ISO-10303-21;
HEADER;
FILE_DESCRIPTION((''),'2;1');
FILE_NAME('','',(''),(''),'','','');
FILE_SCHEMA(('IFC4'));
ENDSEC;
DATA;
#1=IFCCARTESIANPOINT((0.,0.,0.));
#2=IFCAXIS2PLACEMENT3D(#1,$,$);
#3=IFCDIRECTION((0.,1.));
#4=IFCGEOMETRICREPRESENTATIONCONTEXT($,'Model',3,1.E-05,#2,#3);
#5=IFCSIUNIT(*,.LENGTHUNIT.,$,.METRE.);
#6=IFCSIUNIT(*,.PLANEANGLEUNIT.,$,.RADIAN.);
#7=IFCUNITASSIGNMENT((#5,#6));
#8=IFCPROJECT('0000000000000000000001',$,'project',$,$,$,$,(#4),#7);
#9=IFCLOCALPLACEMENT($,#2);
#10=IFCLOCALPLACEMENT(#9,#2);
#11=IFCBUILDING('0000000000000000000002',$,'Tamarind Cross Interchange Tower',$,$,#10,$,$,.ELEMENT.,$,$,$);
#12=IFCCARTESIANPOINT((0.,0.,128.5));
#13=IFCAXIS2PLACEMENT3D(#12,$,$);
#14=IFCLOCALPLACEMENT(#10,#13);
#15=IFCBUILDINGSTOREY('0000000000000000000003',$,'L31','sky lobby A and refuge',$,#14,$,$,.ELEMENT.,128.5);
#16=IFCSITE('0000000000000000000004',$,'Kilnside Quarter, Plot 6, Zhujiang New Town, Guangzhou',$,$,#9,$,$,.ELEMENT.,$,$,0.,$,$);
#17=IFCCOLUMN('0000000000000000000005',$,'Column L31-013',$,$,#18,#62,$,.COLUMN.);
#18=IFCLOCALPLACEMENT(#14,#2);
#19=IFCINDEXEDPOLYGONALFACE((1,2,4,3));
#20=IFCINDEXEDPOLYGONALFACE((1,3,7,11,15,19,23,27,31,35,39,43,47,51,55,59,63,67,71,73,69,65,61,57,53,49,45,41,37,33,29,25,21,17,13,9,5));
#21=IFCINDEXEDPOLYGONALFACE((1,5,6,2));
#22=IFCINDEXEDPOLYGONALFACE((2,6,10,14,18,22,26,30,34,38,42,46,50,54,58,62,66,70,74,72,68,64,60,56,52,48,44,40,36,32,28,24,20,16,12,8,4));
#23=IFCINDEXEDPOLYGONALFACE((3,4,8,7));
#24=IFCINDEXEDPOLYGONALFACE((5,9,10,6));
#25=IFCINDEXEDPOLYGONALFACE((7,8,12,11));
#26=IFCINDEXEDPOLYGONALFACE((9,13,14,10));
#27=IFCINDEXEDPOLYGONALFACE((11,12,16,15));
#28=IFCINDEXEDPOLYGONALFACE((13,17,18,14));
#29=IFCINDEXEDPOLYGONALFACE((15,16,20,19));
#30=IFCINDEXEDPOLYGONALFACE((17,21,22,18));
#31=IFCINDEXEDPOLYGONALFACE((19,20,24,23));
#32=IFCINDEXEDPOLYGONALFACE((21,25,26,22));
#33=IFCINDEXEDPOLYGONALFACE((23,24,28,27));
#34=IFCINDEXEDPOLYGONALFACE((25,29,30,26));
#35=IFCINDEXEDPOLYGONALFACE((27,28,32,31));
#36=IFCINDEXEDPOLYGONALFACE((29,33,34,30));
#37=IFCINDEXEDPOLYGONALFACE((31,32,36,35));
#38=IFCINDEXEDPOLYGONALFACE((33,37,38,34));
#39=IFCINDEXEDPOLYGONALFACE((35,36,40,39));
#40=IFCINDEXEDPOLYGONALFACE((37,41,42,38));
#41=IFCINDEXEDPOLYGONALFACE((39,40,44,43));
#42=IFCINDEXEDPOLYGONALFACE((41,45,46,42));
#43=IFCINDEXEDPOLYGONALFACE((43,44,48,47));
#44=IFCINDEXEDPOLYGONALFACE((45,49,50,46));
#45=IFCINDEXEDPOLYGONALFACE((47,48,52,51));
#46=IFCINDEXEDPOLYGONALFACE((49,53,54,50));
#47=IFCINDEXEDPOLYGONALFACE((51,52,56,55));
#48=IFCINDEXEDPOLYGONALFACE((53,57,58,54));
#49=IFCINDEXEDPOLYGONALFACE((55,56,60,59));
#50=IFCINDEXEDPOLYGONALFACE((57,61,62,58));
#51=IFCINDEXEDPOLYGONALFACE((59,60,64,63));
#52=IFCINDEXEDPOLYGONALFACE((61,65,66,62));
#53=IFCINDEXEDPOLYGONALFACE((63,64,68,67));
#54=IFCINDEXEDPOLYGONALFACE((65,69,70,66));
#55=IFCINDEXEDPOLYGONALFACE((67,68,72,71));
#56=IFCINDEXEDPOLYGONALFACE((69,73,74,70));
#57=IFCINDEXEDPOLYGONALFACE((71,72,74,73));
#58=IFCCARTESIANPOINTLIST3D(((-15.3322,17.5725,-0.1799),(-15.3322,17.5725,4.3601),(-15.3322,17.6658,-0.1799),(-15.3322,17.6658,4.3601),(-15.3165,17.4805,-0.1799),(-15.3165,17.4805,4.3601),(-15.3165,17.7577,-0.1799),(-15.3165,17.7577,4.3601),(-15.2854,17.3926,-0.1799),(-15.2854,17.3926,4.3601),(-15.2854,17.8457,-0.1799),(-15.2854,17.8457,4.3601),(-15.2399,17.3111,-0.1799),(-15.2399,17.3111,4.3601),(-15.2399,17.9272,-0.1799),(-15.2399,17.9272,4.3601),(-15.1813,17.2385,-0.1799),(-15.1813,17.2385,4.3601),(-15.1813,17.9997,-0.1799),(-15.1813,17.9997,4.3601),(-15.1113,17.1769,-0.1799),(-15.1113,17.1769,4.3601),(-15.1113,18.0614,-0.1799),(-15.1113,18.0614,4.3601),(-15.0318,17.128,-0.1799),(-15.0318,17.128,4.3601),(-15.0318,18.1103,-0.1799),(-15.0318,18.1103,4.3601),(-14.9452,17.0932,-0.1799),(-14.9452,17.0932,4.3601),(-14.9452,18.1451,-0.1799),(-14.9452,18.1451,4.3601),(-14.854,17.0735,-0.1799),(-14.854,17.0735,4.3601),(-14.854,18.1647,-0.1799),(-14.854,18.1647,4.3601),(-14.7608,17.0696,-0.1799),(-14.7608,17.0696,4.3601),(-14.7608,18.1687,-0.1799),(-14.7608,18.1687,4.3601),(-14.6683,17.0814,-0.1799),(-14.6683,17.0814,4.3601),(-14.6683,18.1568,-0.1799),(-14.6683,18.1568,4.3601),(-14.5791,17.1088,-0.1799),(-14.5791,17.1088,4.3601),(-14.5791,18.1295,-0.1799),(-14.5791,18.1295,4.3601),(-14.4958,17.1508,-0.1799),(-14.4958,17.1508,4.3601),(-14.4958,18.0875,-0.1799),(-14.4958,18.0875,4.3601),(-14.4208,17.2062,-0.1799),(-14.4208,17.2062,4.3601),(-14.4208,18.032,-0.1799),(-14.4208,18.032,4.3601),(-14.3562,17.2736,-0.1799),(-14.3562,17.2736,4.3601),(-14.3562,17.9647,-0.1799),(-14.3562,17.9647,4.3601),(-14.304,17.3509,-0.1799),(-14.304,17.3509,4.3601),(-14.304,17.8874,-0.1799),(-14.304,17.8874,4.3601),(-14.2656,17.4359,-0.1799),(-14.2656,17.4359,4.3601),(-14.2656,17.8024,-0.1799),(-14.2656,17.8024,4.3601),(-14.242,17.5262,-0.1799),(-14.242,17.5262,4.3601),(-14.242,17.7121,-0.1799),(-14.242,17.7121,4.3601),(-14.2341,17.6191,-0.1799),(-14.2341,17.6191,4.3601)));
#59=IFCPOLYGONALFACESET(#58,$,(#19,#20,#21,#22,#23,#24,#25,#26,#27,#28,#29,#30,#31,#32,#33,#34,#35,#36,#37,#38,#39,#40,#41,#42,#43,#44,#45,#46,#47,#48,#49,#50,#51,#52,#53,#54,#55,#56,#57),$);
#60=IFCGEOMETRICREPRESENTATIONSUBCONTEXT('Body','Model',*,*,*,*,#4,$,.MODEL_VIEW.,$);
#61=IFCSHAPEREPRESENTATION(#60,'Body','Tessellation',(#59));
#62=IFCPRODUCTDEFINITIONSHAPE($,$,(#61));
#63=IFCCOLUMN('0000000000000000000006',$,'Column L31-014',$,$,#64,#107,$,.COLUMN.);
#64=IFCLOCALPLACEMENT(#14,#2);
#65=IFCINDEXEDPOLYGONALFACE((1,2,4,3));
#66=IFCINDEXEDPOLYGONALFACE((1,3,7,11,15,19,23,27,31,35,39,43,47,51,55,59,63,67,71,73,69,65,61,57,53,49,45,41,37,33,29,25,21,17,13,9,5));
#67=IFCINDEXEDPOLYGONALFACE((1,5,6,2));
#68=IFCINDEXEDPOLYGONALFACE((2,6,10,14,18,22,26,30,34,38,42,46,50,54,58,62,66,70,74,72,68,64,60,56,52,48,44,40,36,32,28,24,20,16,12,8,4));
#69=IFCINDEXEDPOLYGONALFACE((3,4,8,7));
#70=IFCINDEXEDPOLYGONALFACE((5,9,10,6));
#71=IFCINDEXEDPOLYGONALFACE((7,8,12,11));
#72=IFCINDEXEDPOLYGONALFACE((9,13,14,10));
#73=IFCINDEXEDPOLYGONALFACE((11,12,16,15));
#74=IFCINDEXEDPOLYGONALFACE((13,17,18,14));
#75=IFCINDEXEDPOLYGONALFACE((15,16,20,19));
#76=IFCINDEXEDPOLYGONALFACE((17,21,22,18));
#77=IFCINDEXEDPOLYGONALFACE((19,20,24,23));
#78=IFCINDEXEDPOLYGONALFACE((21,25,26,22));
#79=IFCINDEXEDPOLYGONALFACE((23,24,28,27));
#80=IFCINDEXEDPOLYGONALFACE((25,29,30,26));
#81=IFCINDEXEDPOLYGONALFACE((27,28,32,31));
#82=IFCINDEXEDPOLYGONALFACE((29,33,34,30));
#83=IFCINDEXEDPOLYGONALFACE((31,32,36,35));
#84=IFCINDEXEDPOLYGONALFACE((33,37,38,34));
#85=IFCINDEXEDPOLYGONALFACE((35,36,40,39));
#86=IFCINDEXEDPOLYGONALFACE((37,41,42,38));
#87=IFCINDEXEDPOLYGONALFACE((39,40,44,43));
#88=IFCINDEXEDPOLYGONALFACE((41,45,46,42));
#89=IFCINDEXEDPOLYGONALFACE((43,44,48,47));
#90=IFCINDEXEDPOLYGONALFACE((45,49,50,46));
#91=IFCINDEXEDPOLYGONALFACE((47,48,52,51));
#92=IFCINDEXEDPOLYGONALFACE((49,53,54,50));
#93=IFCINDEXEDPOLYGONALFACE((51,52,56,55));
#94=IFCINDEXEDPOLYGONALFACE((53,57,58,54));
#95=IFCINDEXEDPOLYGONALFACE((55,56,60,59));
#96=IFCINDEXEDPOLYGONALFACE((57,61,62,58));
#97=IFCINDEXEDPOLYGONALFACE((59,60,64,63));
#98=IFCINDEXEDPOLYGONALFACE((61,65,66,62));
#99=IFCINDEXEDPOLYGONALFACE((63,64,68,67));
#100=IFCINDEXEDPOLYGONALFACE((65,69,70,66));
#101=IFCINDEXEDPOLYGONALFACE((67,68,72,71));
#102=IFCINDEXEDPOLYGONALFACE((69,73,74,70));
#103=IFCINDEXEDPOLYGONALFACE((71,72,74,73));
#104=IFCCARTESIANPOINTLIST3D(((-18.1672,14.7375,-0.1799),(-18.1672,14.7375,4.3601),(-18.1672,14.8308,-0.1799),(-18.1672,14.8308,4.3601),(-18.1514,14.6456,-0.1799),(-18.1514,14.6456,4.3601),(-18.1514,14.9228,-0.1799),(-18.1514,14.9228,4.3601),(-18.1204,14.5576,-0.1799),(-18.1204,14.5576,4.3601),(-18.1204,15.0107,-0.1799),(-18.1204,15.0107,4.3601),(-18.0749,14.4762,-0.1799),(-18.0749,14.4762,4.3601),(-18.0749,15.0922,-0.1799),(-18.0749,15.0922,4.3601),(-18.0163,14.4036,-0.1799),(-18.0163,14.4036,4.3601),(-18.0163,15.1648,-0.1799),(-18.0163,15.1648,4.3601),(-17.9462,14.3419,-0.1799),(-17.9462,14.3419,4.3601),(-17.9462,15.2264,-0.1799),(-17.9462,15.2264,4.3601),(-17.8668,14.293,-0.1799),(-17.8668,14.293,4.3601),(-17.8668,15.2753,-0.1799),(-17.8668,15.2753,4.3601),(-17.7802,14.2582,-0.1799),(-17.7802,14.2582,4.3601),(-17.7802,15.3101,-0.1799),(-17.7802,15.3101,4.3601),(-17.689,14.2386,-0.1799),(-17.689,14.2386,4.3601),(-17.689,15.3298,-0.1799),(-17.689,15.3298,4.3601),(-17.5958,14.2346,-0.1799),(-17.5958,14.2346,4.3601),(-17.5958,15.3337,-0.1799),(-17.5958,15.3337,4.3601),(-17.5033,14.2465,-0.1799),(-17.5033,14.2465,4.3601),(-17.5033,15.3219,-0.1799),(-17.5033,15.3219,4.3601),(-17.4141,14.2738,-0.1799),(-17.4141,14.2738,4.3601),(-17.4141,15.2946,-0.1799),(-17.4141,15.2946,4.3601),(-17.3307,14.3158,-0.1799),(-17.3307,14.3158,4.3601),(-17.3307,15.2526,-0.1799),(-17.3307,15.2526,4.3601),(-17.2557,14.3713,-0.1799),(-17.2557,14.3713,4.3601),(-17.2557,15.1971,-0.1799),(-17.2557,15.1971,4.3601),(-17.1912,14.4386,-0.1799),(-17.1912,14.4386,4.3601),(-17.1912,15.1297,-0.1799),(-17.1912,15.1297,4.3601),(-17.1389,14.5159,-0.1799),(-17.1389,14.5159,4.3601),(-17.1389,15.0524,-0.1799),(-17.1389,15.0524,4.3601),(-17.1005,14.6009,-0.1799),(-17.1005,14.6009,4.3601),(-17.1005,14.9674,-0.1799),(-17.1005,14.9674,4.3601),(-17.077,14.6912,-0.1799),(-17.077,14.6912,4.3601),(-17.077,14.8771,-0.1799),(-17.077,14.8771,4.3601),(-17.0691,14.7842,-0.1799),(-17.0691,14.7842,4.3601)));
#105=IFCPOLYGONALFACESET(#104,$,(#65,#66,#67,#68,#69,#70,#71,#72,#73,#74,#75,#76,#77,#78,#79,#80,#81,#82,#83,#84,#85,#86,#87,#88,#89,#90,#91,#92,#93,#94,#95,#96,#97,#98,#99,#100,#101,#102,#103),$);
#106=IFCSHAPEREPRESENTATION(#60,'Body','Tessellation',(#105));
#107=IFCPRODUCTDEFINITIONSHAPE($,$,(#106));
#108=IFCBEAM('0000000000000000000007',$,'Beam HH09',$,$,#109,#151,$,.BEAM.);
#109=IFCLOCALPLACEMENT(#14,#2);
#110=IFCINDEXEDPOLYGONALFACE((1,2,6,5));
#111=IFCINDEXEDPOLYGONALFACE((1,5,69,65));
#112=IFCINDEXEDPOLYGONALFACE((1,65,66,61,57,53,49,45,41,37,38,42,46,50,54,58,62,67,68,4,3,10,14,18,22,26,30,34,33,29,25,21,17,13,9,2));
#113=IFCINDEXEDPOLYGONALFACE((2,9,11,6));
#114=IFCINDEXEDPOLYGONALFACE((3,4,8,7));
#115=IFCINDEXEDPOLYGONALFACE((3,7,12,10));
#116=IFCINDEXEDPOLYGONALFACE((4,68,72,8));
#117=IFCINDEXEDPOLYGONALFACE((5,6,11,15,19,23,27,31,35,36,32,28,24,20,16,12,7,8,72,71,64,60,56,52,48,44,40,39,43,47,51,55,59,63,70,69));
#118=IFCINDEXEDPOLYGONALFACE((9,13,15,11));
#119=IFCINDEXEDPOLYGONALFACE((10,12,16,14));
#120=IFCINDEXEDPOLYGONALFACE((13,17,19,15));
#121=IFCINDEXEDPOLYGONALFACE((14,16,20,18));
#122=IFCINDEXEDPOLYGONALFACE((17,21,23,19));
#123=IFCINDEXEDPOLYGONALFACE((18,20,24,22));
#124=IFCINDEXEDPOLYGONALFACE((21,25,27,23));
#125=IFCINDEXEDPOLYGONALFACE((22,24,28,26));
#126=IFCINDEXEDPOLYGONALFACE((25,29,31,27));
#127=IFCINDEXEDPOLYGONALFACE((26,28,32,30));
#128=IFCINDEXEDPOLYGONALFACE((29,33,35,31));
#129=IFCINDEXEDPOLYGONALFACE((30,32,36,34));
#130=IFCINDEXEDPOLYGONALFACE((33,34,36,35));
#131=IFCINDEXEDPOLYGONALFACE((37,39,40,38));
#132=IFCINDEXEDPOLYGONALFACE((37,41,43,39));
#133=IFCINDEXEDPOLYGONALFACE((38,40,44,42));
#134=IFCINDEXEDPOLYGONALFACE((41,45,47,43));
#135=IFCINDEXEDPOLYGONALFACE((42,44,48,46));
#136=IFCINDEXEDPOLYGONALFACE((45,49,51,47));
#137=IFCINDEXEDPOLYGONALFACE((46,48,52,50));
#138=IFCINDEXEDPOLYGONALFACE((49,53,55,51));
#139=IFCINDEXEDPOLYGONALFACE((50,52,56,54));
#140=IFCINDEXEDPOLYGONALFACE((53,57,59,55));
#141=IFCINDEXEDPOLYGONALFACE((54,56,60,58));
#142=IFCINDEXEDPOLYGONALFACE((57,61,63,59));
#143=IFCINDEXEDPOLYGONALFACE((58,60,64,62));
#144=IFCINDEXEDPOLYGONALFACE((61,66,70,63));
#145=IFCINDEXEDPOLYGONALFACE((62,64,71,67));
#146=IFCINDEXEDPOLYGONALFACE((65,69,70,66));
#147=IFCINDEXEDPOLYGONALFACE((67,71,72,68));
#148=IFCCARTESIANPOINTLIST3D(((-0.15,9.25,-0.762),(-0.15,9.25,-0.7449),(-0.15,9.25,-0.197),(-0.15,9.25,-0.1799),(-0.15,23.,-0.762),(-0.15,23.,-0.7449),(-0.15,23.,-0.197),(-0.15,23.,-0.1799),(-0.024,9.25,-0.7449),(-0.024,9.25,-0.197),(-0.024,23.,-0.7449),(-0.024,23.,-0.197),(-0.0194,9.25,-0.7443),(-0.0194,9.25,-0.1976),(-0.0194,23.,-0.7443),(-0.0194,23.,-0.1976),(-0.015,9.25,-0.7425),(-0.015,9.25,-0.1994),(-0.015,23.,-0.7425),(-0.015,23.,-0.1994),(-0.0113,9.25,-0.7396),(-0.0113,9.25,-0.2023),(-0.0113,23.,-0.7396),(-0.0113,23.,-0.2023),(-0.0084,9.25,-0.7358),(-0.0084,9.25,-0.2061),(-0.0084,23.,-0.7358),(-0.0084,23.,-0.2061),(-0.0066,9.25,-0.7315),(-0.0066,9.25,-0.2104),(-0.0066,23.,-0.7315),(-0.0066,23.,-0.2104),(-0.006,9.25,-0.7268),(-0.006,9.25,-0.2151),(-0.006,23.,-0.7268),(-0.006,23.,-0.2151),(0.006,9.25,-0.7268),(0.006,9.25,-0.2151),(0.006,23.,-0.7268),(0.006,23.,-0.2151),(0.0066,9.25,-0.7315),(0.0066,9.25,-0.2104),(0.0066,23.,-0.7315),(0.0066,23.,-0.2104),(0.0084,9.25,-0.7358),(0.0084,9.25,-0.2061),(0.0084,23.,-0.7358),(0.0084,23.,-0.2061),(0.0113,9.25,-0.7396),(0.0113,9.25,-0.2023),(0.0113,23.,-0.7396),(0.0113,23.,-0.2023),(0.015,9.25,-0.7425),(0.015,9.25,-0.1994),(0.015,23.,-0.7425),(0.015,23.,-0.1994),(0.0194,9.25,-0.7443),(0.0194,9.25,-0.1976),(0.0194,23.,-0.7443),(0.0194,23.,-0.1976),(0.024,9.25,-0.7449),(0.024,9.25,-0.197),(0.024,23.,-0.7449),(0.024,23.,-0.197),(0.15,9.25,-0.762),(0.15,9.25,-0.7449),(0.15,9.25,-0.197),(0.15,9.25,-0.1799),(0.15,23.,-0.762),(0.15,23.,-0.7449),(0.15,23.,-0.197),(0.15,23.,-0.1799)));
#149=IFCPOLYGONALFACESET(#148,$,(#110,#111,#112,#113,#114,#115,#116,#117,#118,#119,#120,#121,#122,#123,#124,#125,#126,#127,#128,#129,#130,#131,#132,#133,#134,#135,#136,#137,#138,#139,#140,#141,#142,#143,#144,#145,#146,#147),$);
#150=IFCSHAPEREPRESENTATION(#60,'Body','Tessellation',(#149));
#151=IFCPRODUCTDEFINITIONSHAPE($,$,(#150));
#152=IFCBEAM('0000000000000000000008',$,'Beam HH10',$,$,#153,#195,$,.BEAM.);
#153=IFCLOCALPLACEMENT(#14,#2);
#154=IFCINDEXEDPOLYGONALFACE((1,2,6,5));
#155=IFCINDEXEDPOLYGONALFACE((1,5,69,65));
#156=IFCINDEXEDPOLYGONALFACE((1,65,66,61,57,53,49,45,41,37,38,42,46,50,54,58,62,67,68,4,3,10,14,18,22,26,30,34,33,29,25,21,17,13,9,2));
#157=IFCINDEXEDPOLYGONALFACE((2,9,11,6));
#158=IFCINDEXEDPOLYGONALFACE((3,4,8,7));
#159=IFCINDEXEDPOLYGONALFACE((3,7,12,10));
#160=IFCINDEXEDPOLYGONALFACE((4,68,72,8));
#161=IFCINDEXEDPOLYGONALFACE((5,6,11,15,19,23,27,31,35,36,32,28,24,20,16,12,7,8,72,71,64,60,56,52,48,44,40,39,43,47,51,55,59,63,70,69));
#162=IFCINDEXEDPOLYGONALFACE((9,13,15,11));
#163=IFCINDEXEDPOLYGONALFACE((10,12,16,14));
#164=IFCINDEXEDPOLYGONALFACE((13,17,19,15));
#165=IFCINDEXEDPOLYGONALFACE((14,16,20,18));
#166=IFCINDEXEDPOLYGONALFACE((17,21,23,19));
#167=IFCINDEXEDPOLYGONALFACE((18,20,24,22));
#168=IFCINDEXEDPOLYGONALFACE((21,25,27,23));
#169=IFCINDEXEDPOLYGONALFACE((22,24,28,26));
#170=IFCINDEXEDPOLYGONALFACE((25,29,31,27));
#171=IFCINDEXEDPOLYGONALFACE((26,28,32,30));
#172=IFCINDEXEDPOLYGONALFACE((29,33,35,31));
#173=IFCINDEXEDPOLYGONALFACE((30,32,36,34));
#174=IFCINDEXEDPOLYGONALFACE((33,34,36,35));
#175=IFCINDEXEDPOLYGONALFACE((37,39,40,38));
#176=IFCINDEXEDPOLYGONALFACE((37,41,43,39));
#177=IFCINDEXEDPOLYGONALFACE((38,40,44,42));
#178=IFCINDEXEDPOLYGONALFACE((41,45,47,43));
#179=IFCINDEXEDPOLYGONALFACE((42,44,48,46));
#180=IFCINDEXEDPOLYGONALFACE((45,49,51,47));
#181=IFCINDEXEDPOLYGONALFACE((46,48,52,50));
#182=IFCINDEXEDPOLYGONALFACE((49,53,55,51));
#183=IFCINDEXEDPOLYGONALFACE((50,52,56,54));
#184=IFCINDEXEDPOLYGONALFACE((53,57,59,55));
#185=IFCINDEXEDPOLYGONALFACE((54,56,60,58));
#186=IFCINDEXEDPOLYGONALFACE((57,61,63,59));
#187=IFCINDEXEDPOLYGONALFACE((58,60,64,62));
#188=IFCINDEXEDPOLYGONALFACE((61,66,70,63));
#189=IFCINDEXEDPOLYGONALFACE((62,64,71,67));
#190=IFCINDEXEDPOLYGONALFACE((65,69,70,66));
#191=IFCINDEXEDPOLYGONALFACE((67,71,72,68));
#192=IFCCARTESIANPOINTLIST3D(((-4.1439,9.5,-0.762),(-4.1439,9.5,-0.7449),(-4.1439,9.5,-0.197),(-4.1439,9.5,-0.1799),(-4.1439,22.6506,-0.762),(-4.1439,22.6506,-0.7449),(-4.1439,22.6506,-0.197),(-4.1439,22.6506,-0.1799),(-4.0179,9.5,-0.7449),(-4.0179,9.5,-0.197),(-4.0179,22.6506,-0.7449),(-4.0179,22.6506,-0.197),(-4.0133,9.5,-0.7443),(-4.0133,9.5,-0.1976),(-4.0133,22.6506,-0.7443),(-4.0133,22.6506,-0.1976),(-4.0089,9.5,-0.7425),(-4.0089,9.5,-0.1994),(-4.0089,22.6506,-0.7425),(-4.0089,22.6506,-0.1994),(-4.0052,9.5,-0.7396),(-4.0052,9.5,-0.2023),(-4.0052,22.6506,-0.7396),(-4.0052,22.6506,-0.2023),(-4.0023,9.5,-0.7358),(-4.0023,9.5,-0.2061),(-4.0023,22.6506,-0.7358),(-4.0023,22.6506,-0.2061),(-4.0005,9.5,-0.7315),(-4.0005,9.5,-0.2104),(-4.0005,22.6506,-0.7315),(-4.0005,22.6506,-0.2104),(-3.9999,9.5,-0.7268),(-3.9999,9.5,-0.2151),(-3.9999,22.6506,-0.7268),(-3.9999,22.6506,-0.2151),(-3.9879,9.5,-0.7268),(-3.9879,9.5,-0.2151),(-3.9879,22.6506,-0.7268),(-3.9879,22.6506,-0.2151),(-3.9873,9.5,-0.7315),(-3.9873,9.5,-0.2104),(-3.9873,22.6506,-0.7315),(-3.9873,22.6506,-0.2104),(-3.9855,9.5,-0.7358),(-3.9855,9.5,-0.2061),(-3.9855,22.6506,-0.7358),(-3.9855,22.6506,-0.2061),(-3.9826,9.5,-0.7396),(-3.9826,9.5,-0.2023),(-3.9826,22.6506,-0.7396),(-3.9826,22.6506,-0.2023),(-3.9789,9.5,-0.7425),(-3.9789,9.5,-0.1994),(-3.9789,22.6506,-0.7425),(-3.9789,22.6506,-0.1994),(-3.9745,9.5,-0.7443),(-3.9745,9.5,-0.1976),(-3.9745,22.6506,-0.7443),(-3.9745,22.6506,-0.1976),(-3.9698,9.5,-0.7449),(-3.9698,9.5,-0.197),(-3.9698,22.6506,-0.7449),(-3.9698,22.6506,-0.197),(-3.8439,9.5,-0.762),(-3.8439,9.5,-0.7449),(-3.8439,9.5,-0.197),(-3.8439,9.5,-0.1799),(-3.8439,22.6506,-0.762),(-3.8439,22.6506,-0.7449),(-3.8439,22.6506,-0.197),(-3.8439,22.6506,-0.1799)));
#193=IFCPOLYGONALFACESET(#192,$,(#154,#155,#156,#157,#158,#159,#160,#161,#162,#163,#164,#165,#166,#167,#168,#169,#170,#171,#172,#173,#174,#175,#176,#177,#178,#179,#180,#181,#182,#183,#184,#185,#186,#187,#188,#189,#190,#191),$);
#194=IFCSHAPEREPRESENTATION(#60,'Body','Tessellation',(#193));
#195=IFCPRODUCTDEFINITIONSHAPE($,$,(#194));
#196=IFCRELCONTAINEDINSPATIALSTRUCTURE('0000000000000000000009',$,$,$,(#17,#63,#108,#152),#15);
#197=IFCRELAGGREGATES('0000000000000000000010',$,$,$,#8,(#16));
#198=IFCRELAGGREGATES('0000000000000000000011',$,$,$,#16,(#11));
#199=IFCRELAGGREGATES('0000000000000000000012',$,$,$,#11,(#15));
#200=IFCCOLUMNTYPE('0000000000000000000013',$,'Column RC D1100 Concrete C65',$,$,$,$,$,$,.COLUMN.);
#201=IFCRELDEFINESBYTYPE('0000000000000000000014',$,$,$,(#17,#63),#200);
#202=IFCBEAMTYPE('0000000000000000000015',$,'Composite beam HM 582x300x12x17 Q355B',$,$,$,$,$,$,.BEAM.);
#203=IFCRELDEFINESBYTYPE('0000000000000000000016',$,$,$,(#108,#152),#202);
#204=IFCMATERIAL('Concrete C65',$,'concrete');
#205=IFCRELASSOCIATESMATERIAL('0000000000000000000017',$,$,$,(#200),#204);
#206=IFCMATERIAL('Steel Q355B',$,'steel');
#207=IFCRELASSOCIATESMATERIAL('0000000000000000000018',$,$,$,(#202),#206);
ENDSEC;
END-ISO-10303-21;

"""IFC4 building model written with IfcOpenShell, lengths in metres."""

from ifc_helpers import new_model, si_unit, direction, frame, origin, origin_2d, place, context, subcontext, project, spatial, circle, i_section, extrude, material, material_profile, profile_set, type_object, element, save


model = new_model("IFC4")

# Units and contexts
model_context = context("Model", 3, precision=1e-05, world=origin(), true_north=direction((0.0, 1.0)))
body_context = subcontext(model_context, "Body", "Model", "MODEL_VIEW")
ifc_project = project(units=[si_unit("LENGTHUNIT", "METRE"), si_unit("PLANEANGLEUNIT", "RADIAN")], contexts=[model_context])

# Site, building, storey
site_placement = place(None, origin())
site = spatial("IfcSite", under=ifc_project, at=site_placement, Name="Kilnside Quarter, Plot 6, Zhujiang New Town, Guangzhou", CompositionType="ELEMENT", RefElevation=0.0)
building_placement = place(site_placement, origin())
building = spatial("IfcBuilding", under=site, at=building_placement, Name="Tamarind Cross Interchange Tower", CompositionType="ELEMENT")
storey_placement = place(building_placement, frame((0.0, 0.0, 128.5)))
storey = spatial("IfcBuildingStorey", under=building, at=storey_placement, Name="L31", Description="sky lobby A and refuge", CompositionType="ELEMENT", Elevation=128.5)

# Columns
ifc_material_1 = material(Name="Concrete C65", Category="concrete")
ifc_material_profile_1 = material_profile(ifc_material_1, circle(Radius=0.55, at=origin_2d()), Name="RC D1100")
ifc_profile_set_1 = profile_set([ifc_material_profile_1], Name="Concrete C65")
column_type = type_object("IfcColumnType", Name="Column RC D1100 Concrete C65", PredefinedType="COLUMN", material=ifc_profile_set_1)
for number, where, z_axis, x_axis, name in (
    (1, (-14.7842, 17.6191, -0.1799), (0.0, 0.0, 1.0), (1.0, 0.0, 0.0), "Column L31-013"),
    (2, (-17.6191, 14.7842, -0.1799), (0.0, 0.0, 1.0), (1.0, 0.0, 0.0), "Column L31-014"),
):
    element("IfcColumn", number, at=place(storey_placement, frame(where, z_axis=z_axis, x_axis=x_axis)), inside=storey, type_object=column_type, Name=name, PredefinedType="COLUMN", context=body_context, shape_type="SweptSolid", body=[
        extrude(circle(Radius=0.55, at=origin_2d()), origin(), (0.0, 0.0, 1.0), 4.54),
    ])

# Beams
ifc_material_2 = material(Name="Steel Q355B", Category="steel")
ifc_material_profile_2 = material_profile(ifc_material_2, i_section(OverallWidth=0.3, OverallDepth=0.582, WebThickness=0.012, FlangeThickness=0.0171, FilletRadius=0.0181, at=origin_2d()), Name="HM 582x300x12x17")
ifc_profile_set_2 = profile_set([ifc_material_profile_2], Name="Steel Q355B")
beam_type_1 = type_object("IfcBeamType", Name="Composite beam HM 582x300x12x17 Q355B", PredefinedType="BEAM", material=ifc_profile_set_2)
beam_1_placement = place(storey_placement, frame((0.0, 23.0, -0.4709), z_axis=(0.0, -1.0, 0.0), x_axis=(1.0, 0.0, 0.0)))
element("IfcBeam", 3, at=beam_1_placement, inside=storey, type_object=beam_type_1, Name="Beam HH09", PredefinedType="BEAM", context=body_context, shape_type="SweptSolid", body=[
    extrude(i_section(OverallWidth=0.3, OverallDepth=0.582, WebThickness=0.012, FlangeThickness=0.0171, FilletRadius=0.0181, at=origin_2d()), origin(), (0.0, 0.0, 1.0), 13.75),
])
beam_2_placement = place(storey_placement, frame((-3.9939, 22.6506, -0.4709), z_axis=(0.0, -1.0, 0.0), x_axis=(1.0, 0.0, 0.0)))
element("IfcBeam", 4, at=beam_2_placement, inside=storey, type_object=beam_type_1, Name="Beam HH10", PredefinedType="BEAM", context=body_context, shape_type="SweptSolid", body=[
    extrude(i_section(OverallWidth=0.3, OverallDepth=0.582, WebThickness=0.012, FlangeThickness=0.0171, FilletRadius=0.0181, at=origin_2d()), origin(), (0.0, 0.0, 1.0), 13.1506),
])

save(model, "model.ifc")
